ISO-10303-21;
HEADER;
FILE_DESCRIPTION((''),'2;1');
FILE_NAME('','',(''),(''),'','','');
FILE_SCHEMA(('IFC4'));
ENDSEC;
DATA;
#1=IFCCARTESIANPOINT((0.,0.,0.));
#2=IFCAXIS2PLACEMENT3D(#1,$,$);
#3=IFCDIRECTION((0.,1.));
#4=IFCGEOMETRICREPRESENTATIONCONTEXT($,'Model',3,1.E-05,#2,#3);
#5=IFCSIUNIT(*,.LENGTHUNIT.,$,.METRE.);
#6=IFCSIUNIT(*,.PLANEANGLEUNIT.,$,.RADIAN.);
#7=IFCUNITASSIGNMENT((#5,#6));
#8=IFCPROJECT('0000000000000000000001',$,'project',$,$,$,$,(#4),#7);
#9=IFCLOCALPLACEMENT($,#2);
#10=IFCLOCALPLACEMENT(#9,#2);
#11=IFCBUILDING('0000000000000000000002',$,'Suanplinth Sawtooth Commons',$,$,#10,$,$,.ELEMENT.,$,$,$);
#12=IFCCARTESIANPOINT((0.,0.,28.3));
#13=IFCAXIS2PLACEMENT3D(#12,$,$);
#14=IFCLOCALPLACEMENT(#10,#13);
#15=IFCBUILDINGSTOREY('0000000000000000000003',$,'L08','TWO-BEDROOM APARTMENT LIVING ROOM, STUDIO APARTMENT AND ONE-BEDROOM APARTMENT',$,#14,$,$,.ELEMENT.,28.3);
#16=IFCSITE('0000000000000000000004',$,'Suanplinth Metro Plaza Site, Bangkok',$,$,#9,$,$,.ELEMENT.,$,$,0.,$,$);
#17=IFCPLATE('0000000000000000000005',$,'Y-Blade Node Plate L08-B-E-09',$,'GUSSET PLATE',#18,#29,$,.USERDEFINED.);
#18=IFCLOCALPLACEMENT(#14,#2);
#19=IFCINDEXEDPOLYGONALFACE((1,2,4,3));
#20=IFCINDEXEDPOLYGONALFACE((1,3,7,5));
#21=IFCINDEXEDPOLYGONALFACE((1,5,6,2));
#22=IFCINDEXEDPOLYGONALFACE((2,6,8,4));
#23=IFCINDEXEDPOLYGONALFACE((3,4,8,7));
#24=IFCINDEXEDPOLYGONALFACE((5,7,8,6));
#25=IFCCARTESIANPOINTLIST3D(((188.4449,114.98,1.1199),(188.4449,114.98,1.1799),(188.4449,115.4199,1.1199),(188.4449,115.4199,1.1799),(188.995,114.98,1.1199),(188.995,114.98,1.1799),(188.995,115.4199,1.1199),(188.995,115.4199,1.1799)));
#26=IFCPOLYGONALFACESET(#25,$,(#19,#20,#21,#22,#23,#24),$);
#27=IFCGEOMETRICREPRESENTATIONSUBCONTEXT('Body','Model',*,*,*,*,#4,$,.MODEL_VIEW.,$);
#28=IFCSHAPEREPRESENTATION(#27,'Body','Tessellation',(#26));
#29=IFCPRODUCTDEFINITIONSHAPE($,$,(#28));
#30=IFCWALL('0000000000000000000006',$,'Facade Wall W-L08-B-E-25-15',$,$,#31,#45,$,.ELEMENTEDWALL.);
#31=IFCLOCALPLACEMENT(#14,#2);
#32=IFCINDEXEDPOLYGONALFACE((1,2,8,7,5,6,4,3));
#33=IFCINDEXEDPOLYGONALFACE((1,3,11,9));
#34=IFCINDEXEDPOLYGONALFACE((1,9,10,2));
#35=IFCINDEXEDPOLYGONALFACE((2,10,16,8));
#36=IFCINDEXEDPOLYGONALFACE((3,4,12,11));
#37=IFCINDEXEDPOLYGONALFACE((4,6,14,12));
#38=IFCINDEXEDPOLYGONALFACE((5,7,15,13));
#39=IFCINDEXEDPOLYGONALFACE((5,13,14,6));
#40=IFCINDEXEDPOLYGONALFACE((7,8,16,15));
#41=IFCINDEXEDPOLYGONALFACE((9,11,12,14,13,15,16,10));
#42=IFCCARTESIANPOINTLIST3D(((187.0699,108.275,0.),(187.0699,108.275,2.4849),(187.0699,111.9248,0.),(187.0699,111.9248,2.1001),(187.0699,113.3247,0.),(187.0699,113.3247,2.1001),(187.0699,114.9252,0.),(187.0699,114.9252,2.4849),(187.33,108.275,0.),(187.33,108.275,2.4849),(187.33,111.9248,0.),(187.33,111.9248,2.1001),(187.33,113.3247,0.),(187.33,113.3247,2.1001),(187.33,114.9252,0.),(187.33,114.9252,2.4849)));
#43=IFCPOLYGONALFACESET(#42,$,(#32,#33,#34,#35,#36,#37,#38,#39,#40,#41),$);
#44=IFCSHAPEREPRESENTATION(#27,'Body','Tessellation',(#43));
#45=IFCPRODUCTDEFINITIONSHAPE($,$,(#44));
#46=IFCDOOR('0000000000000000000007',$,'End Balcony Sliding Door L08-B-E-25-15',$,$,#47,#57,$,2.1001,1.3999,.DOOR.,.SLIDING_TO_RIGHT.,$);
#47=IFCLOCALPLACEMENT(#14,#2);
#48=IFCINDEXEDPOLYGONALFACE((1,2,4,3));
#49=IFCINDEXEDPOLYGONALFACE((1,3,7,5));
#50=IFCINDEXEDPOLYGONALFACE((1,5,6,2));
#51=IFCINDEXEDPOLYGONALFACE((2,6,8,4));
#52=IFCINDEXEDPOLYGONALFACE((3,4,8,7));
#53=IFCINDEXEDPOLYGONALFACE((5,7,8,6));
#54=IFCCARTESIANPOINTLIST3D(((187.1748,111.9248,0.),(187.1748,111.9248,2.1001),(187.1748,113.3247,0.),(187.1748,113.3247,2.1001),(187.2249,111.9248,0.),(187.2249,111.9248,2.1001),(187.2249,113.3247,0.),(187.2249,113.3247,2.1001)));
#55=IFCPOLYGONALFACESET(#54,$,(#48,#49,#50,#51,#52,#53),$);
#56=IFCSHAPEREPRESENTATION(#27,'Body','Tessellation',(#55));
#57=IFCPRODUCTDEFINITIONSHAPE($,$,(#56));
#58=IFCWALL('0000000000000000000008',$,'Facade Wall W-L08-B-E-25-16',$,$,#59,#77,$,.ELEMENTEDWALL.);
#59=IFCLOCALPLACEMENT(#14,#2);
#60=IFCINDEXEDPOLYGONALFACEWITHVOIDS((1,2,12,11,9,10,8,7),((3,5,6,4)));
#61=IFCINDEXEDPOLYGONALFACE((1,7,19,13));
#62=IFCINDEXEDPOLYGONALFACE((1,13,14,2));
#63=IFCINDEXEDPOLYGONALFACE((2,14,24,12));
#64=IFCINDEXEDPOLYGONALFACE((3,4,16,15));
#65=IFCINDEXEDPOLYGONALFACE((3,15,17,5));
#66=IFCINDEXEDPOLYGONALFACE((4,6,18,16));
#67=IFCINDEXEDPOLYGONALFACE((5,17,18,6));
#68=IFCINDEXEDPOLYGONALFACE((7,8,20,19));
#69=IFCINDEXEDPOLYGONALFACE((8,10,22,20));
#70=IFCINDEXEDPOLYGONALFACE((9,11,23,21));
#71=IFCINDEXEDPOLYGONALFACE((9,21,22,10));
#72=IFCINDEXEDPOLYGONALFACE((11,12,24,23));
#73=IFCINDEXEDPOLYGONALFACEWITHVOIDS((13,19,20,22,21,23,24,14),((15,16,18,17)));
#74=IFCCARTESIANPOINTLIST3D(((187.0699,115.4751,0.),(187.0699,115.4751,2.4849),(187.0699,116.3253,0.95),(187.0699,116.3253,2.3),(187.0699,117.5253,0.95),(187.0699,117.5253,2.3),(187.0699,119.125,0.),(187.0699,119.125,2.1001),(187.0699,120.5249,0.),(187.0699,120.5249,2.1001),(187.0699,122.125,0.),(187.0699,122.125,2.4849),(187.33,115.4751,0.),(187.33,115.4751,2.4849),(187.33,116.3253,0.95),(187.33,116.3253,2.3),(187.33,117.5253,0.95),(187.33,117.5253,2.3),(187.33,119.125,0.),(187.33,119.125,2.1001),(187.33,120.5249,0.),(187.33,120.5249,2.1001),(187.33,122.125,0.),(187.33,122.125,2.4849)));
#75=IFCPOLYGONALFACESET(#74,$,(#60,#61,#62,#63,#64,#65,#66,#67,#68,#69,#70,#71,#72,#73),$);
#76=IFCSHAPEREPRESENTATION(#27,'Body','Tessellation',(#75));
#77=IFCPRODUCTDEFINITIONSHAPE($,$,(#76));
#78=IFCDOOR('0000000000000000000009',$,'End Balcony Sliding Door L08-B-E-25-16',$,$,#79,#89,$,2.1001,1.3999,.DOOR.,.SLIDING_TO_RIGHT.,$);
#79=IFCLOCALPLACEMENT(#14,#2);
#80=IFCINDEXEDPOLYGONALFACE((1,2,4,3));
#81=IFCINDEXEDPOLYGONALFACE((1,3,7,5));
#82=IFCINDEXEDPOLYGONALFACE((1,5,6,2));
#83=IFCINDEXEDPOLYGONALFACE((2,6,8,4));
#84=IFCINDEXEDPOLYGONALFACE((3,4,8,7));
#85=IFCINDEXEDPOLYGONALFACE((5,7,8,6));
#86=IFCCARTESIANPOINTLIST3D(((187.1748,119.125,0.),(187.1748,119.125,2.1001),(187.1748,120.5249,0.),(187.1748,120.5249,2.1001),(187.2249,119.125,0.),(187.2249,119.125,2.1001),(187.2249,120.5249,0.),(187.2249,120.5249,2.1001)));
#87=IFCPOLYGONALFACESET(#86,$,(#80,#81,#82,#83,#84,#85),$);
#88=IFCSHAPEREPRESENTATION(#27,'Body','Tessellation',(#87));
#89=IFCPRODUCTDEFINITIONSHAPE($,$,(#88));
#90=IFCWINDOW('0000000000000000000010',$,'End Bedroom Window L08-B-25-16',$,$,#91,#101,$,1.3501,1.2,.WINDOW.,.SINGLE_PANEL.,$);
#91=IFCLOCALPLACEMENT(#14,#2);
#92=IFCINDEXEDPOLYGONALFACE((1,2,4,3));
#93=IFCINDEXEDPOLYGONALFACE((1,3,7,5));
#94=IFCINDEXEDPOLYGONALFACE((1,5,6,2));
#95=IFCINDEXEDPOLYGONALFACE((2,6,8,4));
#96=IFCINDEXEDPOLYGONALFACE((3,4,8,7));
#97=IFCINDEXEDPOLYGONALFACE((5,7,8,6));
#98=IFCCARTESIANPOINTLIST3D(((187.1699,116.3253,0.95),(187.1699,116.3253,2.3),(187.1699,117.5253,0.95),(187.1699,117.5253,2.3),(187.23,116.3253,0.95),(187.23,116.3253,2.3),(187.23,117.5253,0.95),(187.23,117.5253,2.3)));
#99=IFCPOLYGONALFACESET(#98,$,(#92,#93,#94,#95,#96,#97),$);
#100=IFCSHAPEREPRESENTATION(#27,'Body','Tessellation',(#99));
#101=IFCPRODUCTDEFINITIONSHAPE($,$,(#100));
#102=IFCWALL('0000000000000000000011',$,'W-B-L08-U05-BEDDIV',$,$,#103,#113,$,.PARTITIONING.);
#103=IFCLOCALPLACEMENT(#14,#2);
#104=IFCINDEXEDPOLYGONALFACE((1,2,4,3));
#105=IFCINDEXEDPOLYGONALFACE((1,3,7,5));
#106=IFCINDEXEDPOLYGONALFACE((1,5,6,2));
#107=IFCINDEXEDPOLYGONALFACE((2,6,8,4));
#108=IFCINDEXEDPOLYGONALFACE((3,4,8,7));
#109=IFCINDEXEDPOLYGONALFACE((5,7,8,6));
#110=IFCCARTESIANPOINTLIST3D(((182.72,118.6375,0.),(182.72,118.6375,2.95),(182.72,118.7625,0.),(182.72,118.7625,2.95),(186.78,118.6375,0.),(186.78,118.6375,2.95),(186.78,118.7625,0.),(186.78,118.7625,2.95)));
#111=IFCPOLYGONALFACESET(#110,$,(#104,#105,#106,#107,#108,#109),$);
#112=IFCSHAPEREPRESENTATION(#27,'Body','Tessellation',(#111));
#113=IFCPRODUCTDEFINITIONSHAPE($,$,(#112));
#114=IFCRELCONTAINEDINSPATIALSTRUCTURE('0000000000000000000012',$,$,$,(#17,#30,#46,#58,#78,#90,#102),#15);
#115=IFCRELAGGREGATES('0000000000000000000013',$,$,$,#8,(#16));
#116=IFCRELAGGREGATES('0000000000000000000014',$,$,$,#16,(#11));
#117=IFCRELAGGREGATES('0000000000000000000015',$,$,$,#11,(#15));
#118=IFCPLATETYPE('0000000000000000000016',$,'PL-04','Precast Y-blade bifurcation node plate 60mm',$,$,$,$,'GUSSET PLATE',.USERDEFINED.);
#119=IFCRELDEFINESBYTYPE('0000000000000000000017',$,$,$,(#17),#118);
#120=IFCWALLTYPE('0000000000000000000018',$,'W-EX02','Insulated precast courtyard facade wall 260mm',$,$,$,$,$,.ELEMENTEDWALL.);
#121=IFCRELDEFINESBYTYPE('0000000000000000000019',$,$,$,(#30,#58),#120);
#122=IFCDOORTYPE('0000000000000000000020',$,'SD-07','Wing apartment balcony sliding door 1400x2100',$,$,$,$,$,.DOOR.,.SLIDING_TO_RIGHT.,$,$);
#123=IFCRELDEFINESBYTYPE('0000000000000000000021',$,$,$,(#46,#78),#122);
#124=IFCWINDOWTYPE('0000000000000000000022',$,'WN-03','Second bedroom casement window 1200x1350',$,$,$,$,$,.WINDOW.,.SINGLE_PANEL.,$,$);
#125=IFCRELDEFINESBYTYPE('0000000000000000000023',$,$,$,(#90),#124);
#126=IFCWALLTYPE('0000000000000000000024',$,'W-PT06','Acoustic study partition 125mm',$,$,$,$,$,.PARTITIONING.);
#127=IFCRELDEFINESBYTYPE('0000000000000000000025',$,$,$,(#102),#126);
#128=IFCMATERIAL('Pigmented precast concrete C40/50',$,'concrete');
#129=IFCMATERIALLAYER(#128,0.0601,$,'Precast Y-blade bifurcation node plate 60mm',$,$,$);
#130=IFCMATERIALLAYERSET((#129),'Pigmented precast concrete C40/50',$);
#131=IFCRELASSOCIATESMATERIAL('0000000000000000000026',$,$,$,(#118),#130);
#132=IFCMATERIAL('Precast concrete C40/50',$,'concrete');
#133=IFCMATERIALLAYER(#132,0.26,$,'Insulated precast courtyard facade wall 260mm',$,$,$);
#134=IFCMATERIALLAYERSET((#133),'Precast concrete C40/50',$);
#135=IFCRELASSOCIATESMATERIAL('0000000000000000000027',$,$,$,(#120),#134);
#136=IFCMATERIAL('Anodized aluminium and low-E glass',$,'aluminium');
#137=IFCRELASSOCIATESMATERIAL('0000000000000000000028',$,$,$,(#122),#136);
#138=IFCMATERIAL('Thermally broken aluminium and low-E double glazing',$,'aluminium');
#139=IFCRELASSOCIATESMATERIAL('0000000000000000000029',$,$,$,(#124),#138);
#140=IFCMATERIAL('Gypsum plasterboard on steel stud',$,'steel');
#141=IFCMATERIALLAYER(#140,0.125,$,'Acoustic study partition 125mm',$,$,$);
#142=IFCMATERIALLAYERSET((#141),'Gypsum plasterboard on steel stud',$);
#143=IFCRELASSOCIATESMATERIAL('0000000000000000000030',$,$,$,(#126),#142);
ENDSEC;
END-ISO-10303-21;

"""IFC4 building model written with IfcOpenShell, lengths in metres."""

from ifc_helpers import new_model, si_unit, direction, frame, frame_2d, origin, origin_2d, place, context, subcontext, project, spatial, rectangle, extrude, material, layer, layer_set, type_object, element, fill, save


model = new_model("IFC4")

# Units and contexts
model_context = context("Model", 3, precision=1e-05, world=origin(), true_north=direction((0.0, 1.0)))
body_context = subcontext(model_context, "Body", "Model", "MODEL_VIEW")
ifc_project = project(units=[si_unit("LENGTHUNIT", "METRE"), si_unit("PLANEANGLEUNIT", "RADIAN")], contexts=[model_context])

# Site, building, storey
site_placement = place(None, origin())
site = spatial("IfcSite", under=ifc_project, at=site_placement, Name="Suanplinth Metro Plaza Site, Bangkok", CompositionType="ELEMENT", RefElevation=0.0)
building_placement = place(site_placement, origin())
building = spatial("IfcBuilding", under=site, at=building_placement, Name="Suanplinth Sawtooth Commons", CompositionType="ELEMENT")
storey_placement = place(building_placement, frame((0.0, 0.0, 28.3)))
storey = spatial("IfcBuildingStorey", under=building, at=storey_placement, Name="L08", Description="TWO-BEDROOM APARTMENT LIVING ROOM, STUDIO APARTMENT AND ONE-BEDROOM APARTMENT", CompositionType="ELEMENT", Elevation=28.3)

# Shared definitions
ifc_material_1 = material(Name="Precast concrete C40/50", Category="concrete")

# Shared definitions
ifc_material_2 = material(Name="Pigmented precast concrete C40/50", Category="concrete")

# Plate
ifc_layer_1 = layer(ifc_material_2, 0.0601, Name="Precast Y-blade bifurcation node plate 60mm")
ifc_layer_set_1 = layer_set([ifc_layer_1], Name="Pigmented precast concrete C40/50")
plate_type = type_object("IfcPlateType", Name="PL-04", Description="Precast Y-blade bifurcation node plate 60mm", ElementType="GUSSET PLATE", PredefinedType="USERDEFINED", material=ifc_layer_set_1)
for number, where, z_axis, x_axis, name in (
    (1, (188.72, 115.2, 1.1199), (0.0, 0.0, 1.0), (0.0, 1.0, 0.0), "Y-Blade Node Plate L08-B-E-09"),
):
    element("IfcPlate", number, at=place(storey_placement, frame(where, z_axis=z_axis, x_axis=x_axis)), inside=storey, type_object=plate_type, Name=name, ObjectType="GUSSET PLATE", PredefinedType="USERDEFINED", context=body_context, shape_type="SweptSolid", body=[
        extrude(rectangle(XDim=0.4399, YDim=0.55, at=origin_2d()), origin(), (0.0, 0.0, 1.0), 0.0601),
    ])

# Wall, opening, door
ifc_layer_2 = layer(ifc_material_1, 0.26, Name="Insulated precast courtyard facade wall 260mm")
ifc_layer_set_2 = layer_set([ifc_layer_2], Name="Precast concrete C40/50")
wall_type_1 = type_object("IfcWallType", Name="W-EX02", Description="Insulated precast courtyard facade wall 260mm", PredefinedType="ELEMENTEDWALL", material=ifc_layer_set_2)
wall_1_placement = place(storey_placement, frame((187.2, 108.2749, 0.0), z_axis=(0.0, 0.0, 1.0), x_axis=(0.0, 1.0, 0.0)))
wall_1 = element("IfcWall", 2, at=wall_1_placement, inside=storey, type_object=wall_type_1, Name="Facade Wall W-L08-B-E-25-15", PredefinedType="ELEMENTEDWALL", context=body_context, shape_type="SweptSolid", body=[
    extrude(rectangle(XDim=6.6501, YDim=0.26, at=frame_2d((3.3252, 0.0))), origin(), (0.0, 0.0, 1.0), 2.4849),
])
opening_1_placement = place(wall_1_placement, frame((3.6499, 0.0, 0.0)))
opening_1 = element("IfcOpeningElement", 3, at=opening_1_placement, cuts=wall_1, PredefinedType="OPENING", context=body_context, shape_type="SweptSolid", body=[
    extrude(rectangle(XDim=1.3999, YDim=2.1001, at=frame_2d((0.7, 1.05))), frame((0.0, 0.145, 0.0), z_axis=(0.0, -1.0, 0.0), x_axis=(1.0, 0.0, 0.0)), (0.0, 0.0, 1.0), 0.2898),
])
ifc_material_3 = material(Name="Anodized aluminium and low-E glass", Category="aluminium")
door_type_1 = type_object("IfcDoorType", Name="SD-07", Description="Wing apartment balcony sliding door 1400x2100", OperationType="SLIDING_TO_RIGHT", PredefinedType="DOOR", material=ifc_material_3)
door_1_placement = place(opening_1_placement, frame((1.3999, 0.0, 0.0), z_axis=(0.0, 0.0, 1.0), x_axis=(-1.0, 0.0, 0.0)))
door_1 = element("IfcDoor", 4, at=door_1_placement, inside=storey, type_object=door_type_1, Name="End Balcony Sliding Door L08-B-E-25-15", OperationType="SLIDING_TO_RIGHT", OverallHeight=2.1001, OverallWidth=1.3999, PredefinedType="DOOR", context=body_context, shape_type="SweptSolid", body=[
    extrude(rectangle(XDim=1.3999, YDim=2.1001, at=frame_2d((0.7, 1.05))), frame((0.0, 0.0249, 0.0), z_axis=(0.0, -1.0, 0.0), x_axis=(1.0, 0.0, 0.0)), (0.0, 0.0, 1.0), 0.05),
])
fill(opening_1, door_1)

# Wall, openings, door, window
wall_2_placement = place(storey_placement, frame((187.2, 115.4751, 0.0), z_axis=(0.0, 0.0, 1.0), x_axis=(0.0, 1.0, 0.0)))
wall_2 = element("IfcWall", 5, at=wall_2_placement, inside=storey, type_object=wall_type_1, Name="Facade Wall W-L08-B-E-25-16", PredefinedType="ELEMENTEDWALL", context=body_context, shape_type="SweptSolid", body=[
    extrude(rectangle(XDim=6.6499, YDim=0.26, at=frame_2d((3.325, 0.0))), origin(), (0.0, 0.0, 1.0), 2.4849),
])
opening_2_placement = place(wall_2_placement, frame((3.6499, 0.0, 0.0)))
opening_2 = element("IfcOpeningElement", 6, at=opening_2_placement, cuts=wall_2, PredefinedType="OPENING", context=body_context, shape_type="SweptSolid", body=[
    extrude(rectangle(XDim=1.3999, YDim=2.1001, at=frame_2d((0.7, 1.05))), frame((0.0, 0.145, 0.0), z_axis=(0.0, -1.0, 0.0), x_axis=(1.0, 0.0, 0.0)), (0.0, 0.0, 1.0), 0.2898),
])
opening_3_placement = place(wall_2_placement, frame((0.8501, 0.0, 0.95)))
opening_3 = element("IfcOpeningElement", 7, at=opening_3_placement, cuts=wall_2, PredefinedType="OPENING", context=body_context, shape_type="SweptSolid", body=[
    extrude(rectangle(XDim=1.2, YDim=1.3501, at=frame_2d((0.6001, 0.675))), frame((0.0, 0.145, 0.0), z_axis=(0.0, -1.0, 0.0), x_axis=(1.0, 0.0, 0.0)), (0.0, 0.0, 1.0), 0.2898),
])
door_2_placement = place(opening_2_placement, frame((1.3999, 0.0, 0.0), z_axis=(0.0, 0.0, 1.0), x_axis=(-1.0, 0.0, 0.0)))
door_2 = element("IfcDoor", 8, at=door_2_placement, inside=storey, type_object=door_type_1, Name="End Balcony Sliding Door L08-B-E-25-16", OperationType="SLIDING_TO_RIGHT", OverallHeight=2.1001, OverallWidth=1.3999, PredefinedType="DOOR", context=body_context, shape_type="SweptSolid", body=[
    extrude(rectangle(XDim=1.3999, YDim=2.1001, at=frame_2d((0.7, 1.05))), frame((0.0, 0.0249, 0.0), z_axis=(0.0, -1.0, 0.0), x_axis=(1.0, 0.0, 0.0)), (0.0, 0.0, 1.0), 0.05),
])
fill(opening_2, door_2)
ifc_material_4 = material(Name="Thermally broken aluminium and low-E double glazing", Category="aluminium")
window_type = type_object("IfcWindowType", Name="WN-03", Description="Second bedroom casement window 1200x1350", PartitioningType="SINGLE_PANEL", PredefinedType="WINDOW", material=ifc_material_4)
window_placement = place(opening_3_placement, origin())
window = element("IfcWindow", 9, at=window_placement, inside=storey, type_object=window_type, Name="End Bedroom Window L08-B-25-16", OverallHeight=1.3501, OverallWidth=1.2, PartitioningType="SINGLE_PANEL", PredefinedType="WINDOW", context=body_context, shape_type="SweptSolid", body=[
    extrude(rectangle(XDim=1.2, YDim=1.3501, at=frame_2d((0.6001, 0.675))), frame((0.0, 0.03, 0.0), z_axis=(0.0, -1.0, 0.0), x_axis=(1.0, 0.0, 0.0)), (0.0, 0.0, 1.0), 0.0601),
])
fill(opening_3, window)

# Shared definitions
ifc_material_5 = material(Name="Gypsum plasterboard on steel stud", Category="steel")

# Wall
ifc_layer_3 = layer(ifc_material_5, 0.125, Name="Acoustic study partition 125mm")
ifc_layer_set_3 = layer_set([ifc_layer_3], Name="Gypsum plasterboard on steel stud")
wall_type_2 = type_object("IfcWallType", Name="W-PT06", Description="Acoustic study partition 125mm", PredefinedType="PARTITIONING", material=ifc_layer_set_3)
wall_3_placement = place(storey_placement, frame((182.72, 118.7, 0.0), z_axis=(0.0, 0.0, 1.0), x_axis=(1.0, 0.0, 0.0)))
element("IfcWall", 10, at=wall_3_placement, inside=storey, type_object=wall_type_2, Name="W-B-L08-U05-BEDDIV", PredefinedType="PARTITIONING", context=body_context, shape_type="SweptSolid", body=[
    extrude(rectangle(XDim=4.0601, YDim=0.125, at=frame_2d((2.03, 0.0))), origin(), (0.0, 0.0, 1.0), 2.95),
])

save(model, "model.ifc")
